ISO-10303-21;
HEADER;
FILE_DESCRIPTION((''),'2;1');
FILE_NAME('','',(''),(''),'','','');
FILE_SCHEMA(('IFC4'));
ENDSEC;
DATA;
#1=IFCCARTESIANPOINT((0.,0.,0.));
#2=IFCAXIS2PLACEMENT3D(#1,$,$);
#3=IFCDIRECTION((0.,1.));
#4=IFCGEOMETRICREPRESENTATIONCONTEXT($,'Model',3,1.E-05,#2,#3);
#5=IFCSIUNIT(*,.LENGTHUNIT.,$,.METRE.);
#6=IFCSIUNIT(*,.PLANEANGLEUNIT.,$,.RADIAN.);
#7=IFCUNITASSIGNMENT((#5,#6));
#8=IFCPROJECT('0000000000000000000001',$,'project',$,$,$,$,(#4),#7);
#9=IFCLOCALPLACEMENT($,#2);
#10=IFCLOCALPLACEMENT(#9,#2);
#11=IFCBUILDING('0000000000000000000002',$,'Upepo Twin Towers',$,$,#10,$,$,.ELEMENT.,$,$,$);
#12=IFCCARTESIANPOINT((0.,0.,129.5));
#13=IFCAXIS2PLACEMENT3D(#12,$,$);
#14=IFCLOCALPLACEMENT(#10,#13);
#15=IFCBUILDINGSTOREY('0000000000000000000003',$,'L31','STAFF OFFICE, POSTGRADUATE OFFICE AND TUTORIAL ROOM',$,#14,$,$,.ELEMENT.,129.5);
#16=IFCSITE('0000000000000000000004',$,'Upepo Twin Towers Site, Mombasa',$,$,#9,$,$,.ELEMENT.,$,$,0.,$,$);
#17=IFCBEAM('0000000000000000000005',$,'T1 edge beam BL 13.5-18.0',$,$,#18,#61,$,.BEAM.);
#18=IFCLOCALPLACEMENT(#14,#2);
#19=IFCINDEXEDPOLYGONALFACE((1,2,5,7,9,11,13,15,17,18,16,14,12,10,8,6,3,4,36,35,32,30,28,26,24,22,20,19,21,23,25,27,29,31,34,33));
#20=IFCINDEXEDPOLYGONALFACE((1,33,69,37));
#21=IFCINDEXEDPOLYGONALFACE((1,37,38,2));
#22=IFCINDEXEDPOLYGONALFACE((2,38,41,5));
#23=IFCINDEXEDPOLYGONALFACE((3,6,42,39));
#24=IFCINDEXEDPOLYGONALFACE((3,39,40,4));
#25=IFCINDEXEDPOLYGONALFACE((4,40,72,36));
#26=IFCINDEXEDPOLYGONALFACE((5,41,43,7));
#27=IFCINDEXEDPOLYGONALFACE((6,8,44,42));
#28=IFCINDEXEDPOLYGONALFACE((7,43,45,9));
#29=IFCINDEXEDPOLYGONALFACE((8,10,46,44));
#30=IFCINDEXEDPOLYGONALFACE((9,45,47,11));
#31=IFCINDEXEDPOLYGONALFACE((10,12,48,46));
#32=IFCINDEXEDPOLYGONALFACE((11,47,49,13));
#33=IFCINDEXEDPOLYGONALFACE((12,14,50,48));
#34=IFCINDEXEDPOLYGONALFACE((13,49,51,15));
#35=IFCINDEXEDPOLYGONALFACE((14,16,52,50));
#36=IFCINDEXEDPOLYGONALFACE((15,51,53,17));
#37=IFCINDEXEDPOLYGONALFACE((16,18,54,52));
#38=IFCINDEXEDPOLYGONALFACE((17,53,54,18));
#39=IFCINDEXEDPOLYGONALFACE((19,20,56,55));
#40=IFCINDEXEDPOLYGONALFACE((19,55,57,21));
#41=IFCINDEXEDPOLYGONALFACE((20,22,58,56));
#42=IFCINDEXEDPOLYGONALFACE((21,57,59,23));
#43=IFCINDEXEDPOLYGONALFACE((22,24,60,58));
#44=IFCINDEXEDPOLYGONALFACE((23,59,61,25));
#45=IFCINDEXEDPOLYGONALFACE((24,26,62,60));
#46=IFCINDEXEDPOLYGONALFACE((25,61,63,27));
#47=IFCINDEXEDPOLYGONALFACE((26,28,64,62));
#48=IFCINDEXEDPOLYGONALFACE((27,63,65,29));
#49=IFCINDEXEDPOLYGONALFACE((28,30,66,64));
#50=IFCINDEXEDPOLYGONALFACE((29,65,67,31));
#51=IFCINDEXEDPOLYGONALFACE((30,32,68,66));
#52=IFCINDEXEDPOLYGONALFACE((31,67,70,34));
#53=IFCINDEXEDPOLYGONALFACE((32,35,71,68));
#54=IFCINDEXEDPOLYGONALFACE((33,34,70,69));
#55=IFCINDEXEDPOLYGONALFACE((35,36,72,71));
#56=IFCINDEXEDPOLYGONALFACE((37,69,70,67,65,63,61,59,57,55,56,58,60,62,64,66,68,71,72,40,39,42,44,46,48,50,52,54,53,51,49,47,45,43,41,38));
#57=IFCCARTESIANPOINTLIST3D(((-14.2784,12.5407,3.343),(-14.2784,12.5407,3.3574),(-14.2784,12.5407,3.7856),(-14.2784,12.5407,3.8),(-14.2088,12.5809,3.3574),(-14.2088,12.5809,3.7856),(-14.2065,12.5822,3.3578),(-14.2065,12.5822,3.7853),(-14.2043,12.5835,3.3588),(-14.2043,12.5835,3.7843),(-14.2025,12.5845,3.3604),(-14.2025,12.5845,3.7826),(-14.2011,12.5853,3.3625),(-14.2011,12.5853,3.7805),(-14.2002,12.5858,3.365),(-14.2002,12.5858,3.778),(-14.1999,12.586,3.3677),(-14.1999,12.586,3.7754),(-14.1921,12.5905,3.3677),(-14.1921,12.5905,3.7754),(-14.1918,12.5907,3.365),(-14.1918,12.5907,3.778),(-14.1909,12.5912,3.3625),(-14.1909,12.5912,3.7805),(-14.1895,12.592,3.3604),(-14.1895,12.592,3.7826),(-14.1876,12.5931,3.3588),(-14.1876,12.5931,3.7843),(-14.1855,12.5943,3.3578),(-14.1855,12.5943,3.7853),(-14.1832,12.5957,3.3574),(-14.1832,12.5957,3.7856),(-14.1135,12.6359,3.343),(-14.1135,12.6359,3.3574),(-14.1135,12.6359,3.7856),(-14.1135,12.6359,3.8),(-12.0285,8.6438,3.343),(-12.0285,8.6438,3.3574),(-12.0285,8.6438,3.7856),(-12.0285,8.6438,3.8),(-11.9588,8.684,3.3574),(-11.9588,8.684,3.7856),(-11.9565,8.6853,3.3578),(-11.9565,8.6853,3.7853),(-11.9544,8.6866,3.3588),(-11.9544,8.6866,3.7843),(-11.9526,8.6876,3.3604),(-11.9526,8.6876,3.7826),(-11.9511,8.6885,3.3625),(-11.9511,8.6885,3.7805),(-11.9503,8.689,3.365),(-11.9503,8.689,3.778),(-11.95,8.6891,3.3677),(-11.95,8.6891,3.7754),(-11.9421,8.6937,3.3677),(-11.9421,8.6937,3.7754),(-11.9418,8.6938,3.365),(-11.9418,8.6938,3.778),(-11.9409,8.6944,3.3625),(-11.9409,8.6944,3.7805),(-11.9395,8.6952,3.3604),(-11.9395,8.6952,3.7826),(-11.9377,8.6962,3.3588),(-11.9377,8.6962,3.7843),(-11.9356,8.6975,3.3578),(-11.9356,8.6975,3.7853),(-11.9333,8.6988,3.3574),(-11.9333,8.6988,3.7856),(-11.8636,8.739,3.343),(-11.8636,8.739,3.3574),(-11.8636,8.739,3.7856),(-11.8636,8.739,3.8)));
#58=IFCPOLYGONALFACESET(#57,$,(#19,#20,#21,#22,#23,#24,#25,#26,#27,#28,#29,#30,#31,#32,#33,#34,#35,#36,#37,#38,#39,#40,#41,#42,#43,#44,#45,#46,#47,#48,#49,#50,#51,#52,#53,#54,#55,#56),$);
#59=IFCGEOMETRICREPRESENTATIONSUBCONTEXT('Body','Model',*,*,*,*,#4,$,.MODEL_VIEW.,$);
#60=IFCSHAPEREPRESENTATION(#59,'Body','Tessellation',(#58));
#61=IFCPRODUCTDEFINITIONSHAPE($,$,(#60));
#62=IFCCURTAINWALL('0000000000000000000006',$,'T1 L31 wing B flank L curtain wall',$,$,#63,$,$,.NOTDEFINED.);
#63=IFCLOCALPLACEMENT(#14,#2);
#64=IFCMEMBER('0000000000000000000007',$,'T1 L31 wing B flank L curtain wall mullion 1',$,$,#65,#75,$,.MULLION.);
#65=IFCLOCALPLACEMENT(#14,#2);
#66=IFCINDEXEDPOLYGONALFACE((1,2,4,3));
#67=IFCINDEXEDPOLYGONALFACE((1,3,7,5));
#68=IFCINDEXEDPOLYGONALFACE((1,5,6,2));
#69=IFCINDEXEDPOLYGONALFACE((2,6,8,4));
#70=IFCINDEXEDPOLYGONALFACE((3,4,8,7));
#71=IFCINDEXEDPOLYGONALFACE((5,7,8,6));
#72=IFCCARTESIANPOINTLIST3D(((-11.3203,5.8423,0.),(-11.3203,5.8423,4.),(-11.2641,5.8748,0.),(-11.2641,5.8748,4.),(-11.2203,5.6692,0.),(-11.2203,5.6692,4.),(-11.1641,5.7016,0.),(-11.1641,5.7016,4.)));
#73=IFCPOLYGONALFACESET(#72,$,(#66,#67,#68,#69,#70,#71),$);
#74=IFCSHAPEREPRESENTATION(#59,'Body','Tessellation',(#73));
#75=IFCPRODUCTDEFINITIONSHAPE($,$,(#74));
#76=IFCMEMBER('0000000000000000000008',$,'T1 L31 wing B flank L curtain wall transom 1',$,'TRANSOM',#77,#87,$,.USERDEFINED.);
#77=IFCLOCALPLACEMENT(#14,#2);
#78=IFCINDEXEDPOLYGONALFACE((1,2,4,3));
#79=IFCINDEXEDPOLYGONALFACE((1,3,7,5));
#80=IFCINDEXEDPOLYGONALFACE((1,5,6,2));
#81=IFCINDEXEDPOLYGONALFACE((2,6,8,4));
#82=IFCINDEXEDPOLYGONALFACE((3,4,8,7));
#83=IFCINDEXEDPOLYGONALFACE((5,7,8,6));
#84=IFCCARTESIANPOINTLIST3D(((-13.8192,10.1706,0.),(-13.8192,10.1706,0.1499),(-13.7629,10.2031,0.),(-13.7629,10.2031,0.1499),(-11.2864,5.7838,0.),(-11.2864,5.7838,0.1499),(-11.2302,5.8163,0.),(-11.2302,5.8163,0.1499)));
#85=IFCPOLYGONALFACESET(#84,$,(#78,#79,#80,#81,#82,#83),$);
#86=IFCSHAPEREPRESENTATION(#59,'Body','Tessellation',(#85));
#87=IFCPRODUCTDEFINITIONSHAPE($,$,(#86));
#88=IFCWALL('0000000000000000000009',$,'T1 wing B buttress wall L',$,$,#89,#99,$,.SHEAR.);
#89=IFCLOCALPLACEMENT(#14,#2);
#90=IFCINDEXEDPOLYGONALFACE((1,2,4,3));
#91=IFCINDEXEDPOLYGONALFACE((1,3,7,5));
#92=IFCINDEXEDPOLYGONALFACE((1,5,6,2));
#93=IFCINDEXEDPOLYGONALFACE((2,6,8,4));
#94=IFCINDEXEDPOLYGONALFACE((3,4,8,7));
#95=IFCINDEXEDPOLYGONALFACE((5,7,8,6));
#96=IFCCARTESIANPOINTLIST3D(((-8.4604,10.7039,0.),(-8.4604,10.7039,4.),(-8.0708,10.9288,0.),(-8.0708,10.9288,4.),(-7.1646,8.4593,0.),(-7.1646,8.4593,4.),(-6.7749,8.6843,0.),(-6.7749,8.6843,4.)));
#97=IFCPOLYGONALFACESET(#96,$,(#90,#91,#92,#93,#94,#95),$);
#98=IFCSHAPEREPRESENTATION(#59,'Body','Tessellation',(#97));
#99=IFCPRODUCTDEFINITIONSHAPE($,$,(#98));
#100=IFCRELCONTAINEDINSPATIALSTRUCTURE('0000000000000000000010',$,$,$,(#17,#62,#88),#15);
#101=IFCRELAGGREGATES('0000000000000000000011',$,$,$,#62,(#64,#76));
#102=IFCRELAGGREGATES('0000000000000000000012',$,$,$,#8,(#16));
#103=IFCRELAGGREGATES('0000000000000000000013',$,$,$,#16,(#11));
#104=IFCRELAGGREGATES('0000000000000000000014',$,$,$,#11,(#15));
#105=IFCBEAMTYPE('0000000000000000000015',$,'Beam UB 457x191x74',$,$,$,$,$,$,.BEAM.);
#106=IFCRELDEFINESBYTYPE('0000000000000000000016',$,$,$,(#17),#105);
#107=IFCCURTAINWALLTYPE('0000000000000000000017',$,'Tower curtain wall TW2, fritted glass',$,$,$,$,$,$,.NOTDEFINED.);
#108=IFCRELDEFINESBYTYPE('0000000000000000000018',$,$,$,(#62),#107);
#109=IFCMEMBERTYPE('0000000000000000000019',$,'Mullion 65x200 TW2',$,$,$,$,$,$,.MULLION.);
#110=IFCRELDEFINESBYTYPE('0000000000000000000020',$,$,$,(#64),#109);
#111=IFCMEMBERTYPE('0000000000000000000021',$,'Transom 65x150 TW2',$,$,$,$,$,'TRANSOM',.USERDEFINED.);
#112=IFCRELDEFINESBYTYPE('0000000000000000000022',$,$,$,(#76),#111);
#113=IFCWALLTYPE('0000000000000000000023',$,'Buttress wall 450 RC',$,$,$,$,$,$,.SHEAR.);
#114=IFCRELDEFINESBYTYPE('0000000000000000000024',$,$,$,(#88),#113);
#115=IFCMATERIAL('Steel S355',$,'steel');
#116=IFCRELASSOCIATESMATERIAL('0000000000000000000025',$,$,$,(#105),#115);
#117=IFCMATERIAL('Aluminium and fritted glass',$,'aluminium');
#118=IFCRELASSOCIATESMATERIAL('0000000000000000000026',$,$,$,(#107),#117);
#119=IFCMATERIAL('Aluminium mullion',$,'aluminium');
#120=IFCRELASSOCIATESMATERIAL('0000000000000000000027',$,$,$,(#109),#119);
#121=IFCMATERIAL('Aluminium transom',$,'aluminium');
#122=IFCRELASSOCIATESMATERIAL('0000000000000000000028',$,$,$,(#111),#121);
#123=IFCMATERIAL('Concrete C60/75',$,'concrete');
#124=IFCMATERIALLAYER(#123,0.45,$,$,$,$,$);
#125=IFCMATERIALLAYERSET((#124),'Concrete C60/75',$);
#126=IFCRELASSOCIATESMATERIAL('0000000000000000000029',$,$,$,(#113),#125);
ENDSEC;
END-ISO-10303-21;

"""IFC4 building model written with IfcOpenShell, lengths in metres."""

from ifc_helpers import new_model, si_unit, direction, frame, frame_2d, origin, origin_2d, place, context, subcontext, project, spatial, rectangle, i_section, extrude, material, layer, layer_set, material_profile, profile_set, type_object, element, aggregate, save


model = new_model("IFC4")

# Units and contexts
model_context = context("Model", 3, precision=1e-05, world=origin(), true_north=direction((0.0, 1.0)))
body_context = subcontext(model_context, "Body", "Model", "MODEL_VIEW")
ifc_project = project(units=[si_unit("LENGTHUNIT", "METRE"), si_unit("PLANEANGLEUNIT", "RADIAN")], contexts=[model_context])

# Site, building, storey
site_placement = place(None, origin())
site = spatial("IfcSite", under=ifc_project, at=site_placement, Name="Upepo Twin Towers Site, Mombasa", CompositionType="ELEMENT", RefElevation=0.0)
building_placement = place(site_placement, origin())
building = spatial("IfcBuilding", under=site, at=building_placement, Name="Upepo Twin Towers", CompositionType="ELEMENT")
storey_placement = place(building_placement, frame((0.0, 0.0, 129.5)))
storey = spatial("IfcBuildingStorey", under=building, at=storey_placement, Name="L31", Description="STAFF OFFICE, POSTGRADUATE OFFICE AND TUTORIAL ROOM", CompositionType="ELEMENT", Elevation=129.5)

# Beam
ifc_material_1 = material(Name="Steel S355", Category="steel")
ifc_material_profile_1 = material_profile(ifc_material_1, i_section(OverallWidth=0.1904, OverallDepth=0.457, WebThickness=0.009, FlangeThickness=0.0144, FilletRadius=0.0103, at=origin_2d()), Name="UB 457x191x74")
ifc_profile_set_1 = profile_set([ifc_material_profile_1], Name="Steel S355")
beam_type = type_object("IfcBeamType", Name="Beam UB 457x191x74", PredefinedType="BEAM", material=ifc_profile_set_1)
beam_placement = place(storey_placement, frame((-11.946, 8.6914, 3.5715), z_axis=(-0.500014, 0.866018, 0.0), x_axis=(-0.866018, -0.500014, 0.0)))
element("IfcBeam", 1, at=beam_placement, inside=storey, type_object=beam_type, Name="T1 edge beam BL 13.5-18.0", PredefinedType="BEAM", context=body_context, shape_type="SweptSolid", body=[
    extrude(i_section(OverallWidth=0.1904, OverallDepth=0.457, WebThickness=0.009, FlangeThickness=0.0144, FilletRadius=0.0103, at=origin_2d()), origin(), (0.0, 0.0, 1.0), 4.4998),
])

# Curtain wall, members
ifc_material_2 = material(Name="Aluminium and fritted glass", Category="aluminium")
curtain_wall_type = type_object("IfcCurtainWallType", Name="Tower curtain wall TW2, fritted glass", PredefinedType="NOTDEFINED", material=ifc_material_2)
curtain_wall_placement = place(storey_placement, origin())
curtain_wall = element("IfcCurtainWall", 2, at=curtain_wall_placement, inside=storey, type_object=curtain_wall_type, Name="T1 L31 wing B flank L curtain wall", PredefinedType="NOTDEFINED")
ifc_material_3 = material(Name="Aluminium mullion", Category="aluminium")
ifc_material_profile_2 = material_profile(ifc_material_3, rectangle(XDim=0.0649, YDim=0.2, at=origin_2d()), Name="MULLION 65x200")
ifc_profile_set_2 = profile_set([ifc_material_profile_2], Name="Aluminium mullion")
member_type_1 = type_object("IfcMemberType", Name="Mullion 65x200 TW2", PredefinedType="MULLION", material=ifc_profile_set_2)
member_1_placement = place(storey_placement, frame((-11.2422, 5.772, 0.0), z_axis=(0.0, 0.0, 1.0), x_axis=(-0.866025, -0.5, 0.0)))
member_1 = element("IfcMember", 3, at=member_1_placement, type_object=member_type_1, Name="T1 L31 wing B flank L curtain wall mullion 1", PredefinedType="MULLION", context=body_context, shape_type="SweptSolid", body=[
    extrude(rectangle(XDim=0.0649, YDim=0.2, at=origin_2d()), origin(), (0.0, 0.0, 1.0), 4.0),
])
ifc_material_4 = material(Name="Aluminium transom", Category="aluminium")
ifc_material_profile_3 = material_profile(ifc_material_4, rectangle(XDim=0.0649, YDim=0.1499, at=origin_2d()), Name="TRANSOM 65x150")
ifc_profile_set_3 = profile_set([ifc_material_profile_3], Name="Aluminium transom")
member_type_2 = type_object("IfcMemberType", Name="Transom 65x150 TW2", ElementType="TRANSOM", PredefinedType="USERDEFINED", material=ifc_profile_set_3)
member_2_placement = place(storey_placement, frame((-11.2583, 5.8, 0.075), z_axis=(-0.500006, 0.866022, 0.0), x_axis=(-0.866022, -0.500006, 0.0)))
member_2 = element("IfcMember", 4, at=member_2_placement, type_object=member_type_2, Name="T1 L31 wing B flank L curtain wall transom 1", ObjectType="TRANSOM", PredefinedType="USERDEFINED", context=body_context, shape_type="SweptSolid", body=[
    extrude(rectangle(XDim=0.0649, YDim=0.1499, at=origin_2d()), origin(), (0.0, 0.0, 1.0), 5.0654),
])
aggregate(curtain_wall, [member_1, member_2])

# Wall
ifc_material_5 = material(Name="Concrete C60/75", Category="concrete")
ifc_layer_1 = layer(ifc_material_5, 0.45)
ifc_layer_set_1 = layer_set([ifc_layer_1], Name="Concrete C60/75")
wall_type_1 = type_object("IfcWallType", Name="Buttress wall 450 RC", PredefinedType="SHEAR", material=ifc_layer_set_1)
wall_1_placement = place(storey_placement, frame((-6.9697, 8.5718, 0.0), z_axis=(0.0, 0.0, 1.0), x_axis=(-0.499989, 0.866032, 0.0)))
element("IfcWall", 5, at=wall_1_placement, inside=storey, type_object=wall_type_1, Name="T1 wing B buttress wall L", PredefinedType="SHEAR", context=body_context, shape_type="SweptSolid", body=[
    extrude(rectangle(XDim=2.5918, YDim=0.45, at=frame_2d((1.2959, 0.0))), origin(), (0.0, 0.0, 1.0), 4.0),
])

save(model, "model.ifc")
